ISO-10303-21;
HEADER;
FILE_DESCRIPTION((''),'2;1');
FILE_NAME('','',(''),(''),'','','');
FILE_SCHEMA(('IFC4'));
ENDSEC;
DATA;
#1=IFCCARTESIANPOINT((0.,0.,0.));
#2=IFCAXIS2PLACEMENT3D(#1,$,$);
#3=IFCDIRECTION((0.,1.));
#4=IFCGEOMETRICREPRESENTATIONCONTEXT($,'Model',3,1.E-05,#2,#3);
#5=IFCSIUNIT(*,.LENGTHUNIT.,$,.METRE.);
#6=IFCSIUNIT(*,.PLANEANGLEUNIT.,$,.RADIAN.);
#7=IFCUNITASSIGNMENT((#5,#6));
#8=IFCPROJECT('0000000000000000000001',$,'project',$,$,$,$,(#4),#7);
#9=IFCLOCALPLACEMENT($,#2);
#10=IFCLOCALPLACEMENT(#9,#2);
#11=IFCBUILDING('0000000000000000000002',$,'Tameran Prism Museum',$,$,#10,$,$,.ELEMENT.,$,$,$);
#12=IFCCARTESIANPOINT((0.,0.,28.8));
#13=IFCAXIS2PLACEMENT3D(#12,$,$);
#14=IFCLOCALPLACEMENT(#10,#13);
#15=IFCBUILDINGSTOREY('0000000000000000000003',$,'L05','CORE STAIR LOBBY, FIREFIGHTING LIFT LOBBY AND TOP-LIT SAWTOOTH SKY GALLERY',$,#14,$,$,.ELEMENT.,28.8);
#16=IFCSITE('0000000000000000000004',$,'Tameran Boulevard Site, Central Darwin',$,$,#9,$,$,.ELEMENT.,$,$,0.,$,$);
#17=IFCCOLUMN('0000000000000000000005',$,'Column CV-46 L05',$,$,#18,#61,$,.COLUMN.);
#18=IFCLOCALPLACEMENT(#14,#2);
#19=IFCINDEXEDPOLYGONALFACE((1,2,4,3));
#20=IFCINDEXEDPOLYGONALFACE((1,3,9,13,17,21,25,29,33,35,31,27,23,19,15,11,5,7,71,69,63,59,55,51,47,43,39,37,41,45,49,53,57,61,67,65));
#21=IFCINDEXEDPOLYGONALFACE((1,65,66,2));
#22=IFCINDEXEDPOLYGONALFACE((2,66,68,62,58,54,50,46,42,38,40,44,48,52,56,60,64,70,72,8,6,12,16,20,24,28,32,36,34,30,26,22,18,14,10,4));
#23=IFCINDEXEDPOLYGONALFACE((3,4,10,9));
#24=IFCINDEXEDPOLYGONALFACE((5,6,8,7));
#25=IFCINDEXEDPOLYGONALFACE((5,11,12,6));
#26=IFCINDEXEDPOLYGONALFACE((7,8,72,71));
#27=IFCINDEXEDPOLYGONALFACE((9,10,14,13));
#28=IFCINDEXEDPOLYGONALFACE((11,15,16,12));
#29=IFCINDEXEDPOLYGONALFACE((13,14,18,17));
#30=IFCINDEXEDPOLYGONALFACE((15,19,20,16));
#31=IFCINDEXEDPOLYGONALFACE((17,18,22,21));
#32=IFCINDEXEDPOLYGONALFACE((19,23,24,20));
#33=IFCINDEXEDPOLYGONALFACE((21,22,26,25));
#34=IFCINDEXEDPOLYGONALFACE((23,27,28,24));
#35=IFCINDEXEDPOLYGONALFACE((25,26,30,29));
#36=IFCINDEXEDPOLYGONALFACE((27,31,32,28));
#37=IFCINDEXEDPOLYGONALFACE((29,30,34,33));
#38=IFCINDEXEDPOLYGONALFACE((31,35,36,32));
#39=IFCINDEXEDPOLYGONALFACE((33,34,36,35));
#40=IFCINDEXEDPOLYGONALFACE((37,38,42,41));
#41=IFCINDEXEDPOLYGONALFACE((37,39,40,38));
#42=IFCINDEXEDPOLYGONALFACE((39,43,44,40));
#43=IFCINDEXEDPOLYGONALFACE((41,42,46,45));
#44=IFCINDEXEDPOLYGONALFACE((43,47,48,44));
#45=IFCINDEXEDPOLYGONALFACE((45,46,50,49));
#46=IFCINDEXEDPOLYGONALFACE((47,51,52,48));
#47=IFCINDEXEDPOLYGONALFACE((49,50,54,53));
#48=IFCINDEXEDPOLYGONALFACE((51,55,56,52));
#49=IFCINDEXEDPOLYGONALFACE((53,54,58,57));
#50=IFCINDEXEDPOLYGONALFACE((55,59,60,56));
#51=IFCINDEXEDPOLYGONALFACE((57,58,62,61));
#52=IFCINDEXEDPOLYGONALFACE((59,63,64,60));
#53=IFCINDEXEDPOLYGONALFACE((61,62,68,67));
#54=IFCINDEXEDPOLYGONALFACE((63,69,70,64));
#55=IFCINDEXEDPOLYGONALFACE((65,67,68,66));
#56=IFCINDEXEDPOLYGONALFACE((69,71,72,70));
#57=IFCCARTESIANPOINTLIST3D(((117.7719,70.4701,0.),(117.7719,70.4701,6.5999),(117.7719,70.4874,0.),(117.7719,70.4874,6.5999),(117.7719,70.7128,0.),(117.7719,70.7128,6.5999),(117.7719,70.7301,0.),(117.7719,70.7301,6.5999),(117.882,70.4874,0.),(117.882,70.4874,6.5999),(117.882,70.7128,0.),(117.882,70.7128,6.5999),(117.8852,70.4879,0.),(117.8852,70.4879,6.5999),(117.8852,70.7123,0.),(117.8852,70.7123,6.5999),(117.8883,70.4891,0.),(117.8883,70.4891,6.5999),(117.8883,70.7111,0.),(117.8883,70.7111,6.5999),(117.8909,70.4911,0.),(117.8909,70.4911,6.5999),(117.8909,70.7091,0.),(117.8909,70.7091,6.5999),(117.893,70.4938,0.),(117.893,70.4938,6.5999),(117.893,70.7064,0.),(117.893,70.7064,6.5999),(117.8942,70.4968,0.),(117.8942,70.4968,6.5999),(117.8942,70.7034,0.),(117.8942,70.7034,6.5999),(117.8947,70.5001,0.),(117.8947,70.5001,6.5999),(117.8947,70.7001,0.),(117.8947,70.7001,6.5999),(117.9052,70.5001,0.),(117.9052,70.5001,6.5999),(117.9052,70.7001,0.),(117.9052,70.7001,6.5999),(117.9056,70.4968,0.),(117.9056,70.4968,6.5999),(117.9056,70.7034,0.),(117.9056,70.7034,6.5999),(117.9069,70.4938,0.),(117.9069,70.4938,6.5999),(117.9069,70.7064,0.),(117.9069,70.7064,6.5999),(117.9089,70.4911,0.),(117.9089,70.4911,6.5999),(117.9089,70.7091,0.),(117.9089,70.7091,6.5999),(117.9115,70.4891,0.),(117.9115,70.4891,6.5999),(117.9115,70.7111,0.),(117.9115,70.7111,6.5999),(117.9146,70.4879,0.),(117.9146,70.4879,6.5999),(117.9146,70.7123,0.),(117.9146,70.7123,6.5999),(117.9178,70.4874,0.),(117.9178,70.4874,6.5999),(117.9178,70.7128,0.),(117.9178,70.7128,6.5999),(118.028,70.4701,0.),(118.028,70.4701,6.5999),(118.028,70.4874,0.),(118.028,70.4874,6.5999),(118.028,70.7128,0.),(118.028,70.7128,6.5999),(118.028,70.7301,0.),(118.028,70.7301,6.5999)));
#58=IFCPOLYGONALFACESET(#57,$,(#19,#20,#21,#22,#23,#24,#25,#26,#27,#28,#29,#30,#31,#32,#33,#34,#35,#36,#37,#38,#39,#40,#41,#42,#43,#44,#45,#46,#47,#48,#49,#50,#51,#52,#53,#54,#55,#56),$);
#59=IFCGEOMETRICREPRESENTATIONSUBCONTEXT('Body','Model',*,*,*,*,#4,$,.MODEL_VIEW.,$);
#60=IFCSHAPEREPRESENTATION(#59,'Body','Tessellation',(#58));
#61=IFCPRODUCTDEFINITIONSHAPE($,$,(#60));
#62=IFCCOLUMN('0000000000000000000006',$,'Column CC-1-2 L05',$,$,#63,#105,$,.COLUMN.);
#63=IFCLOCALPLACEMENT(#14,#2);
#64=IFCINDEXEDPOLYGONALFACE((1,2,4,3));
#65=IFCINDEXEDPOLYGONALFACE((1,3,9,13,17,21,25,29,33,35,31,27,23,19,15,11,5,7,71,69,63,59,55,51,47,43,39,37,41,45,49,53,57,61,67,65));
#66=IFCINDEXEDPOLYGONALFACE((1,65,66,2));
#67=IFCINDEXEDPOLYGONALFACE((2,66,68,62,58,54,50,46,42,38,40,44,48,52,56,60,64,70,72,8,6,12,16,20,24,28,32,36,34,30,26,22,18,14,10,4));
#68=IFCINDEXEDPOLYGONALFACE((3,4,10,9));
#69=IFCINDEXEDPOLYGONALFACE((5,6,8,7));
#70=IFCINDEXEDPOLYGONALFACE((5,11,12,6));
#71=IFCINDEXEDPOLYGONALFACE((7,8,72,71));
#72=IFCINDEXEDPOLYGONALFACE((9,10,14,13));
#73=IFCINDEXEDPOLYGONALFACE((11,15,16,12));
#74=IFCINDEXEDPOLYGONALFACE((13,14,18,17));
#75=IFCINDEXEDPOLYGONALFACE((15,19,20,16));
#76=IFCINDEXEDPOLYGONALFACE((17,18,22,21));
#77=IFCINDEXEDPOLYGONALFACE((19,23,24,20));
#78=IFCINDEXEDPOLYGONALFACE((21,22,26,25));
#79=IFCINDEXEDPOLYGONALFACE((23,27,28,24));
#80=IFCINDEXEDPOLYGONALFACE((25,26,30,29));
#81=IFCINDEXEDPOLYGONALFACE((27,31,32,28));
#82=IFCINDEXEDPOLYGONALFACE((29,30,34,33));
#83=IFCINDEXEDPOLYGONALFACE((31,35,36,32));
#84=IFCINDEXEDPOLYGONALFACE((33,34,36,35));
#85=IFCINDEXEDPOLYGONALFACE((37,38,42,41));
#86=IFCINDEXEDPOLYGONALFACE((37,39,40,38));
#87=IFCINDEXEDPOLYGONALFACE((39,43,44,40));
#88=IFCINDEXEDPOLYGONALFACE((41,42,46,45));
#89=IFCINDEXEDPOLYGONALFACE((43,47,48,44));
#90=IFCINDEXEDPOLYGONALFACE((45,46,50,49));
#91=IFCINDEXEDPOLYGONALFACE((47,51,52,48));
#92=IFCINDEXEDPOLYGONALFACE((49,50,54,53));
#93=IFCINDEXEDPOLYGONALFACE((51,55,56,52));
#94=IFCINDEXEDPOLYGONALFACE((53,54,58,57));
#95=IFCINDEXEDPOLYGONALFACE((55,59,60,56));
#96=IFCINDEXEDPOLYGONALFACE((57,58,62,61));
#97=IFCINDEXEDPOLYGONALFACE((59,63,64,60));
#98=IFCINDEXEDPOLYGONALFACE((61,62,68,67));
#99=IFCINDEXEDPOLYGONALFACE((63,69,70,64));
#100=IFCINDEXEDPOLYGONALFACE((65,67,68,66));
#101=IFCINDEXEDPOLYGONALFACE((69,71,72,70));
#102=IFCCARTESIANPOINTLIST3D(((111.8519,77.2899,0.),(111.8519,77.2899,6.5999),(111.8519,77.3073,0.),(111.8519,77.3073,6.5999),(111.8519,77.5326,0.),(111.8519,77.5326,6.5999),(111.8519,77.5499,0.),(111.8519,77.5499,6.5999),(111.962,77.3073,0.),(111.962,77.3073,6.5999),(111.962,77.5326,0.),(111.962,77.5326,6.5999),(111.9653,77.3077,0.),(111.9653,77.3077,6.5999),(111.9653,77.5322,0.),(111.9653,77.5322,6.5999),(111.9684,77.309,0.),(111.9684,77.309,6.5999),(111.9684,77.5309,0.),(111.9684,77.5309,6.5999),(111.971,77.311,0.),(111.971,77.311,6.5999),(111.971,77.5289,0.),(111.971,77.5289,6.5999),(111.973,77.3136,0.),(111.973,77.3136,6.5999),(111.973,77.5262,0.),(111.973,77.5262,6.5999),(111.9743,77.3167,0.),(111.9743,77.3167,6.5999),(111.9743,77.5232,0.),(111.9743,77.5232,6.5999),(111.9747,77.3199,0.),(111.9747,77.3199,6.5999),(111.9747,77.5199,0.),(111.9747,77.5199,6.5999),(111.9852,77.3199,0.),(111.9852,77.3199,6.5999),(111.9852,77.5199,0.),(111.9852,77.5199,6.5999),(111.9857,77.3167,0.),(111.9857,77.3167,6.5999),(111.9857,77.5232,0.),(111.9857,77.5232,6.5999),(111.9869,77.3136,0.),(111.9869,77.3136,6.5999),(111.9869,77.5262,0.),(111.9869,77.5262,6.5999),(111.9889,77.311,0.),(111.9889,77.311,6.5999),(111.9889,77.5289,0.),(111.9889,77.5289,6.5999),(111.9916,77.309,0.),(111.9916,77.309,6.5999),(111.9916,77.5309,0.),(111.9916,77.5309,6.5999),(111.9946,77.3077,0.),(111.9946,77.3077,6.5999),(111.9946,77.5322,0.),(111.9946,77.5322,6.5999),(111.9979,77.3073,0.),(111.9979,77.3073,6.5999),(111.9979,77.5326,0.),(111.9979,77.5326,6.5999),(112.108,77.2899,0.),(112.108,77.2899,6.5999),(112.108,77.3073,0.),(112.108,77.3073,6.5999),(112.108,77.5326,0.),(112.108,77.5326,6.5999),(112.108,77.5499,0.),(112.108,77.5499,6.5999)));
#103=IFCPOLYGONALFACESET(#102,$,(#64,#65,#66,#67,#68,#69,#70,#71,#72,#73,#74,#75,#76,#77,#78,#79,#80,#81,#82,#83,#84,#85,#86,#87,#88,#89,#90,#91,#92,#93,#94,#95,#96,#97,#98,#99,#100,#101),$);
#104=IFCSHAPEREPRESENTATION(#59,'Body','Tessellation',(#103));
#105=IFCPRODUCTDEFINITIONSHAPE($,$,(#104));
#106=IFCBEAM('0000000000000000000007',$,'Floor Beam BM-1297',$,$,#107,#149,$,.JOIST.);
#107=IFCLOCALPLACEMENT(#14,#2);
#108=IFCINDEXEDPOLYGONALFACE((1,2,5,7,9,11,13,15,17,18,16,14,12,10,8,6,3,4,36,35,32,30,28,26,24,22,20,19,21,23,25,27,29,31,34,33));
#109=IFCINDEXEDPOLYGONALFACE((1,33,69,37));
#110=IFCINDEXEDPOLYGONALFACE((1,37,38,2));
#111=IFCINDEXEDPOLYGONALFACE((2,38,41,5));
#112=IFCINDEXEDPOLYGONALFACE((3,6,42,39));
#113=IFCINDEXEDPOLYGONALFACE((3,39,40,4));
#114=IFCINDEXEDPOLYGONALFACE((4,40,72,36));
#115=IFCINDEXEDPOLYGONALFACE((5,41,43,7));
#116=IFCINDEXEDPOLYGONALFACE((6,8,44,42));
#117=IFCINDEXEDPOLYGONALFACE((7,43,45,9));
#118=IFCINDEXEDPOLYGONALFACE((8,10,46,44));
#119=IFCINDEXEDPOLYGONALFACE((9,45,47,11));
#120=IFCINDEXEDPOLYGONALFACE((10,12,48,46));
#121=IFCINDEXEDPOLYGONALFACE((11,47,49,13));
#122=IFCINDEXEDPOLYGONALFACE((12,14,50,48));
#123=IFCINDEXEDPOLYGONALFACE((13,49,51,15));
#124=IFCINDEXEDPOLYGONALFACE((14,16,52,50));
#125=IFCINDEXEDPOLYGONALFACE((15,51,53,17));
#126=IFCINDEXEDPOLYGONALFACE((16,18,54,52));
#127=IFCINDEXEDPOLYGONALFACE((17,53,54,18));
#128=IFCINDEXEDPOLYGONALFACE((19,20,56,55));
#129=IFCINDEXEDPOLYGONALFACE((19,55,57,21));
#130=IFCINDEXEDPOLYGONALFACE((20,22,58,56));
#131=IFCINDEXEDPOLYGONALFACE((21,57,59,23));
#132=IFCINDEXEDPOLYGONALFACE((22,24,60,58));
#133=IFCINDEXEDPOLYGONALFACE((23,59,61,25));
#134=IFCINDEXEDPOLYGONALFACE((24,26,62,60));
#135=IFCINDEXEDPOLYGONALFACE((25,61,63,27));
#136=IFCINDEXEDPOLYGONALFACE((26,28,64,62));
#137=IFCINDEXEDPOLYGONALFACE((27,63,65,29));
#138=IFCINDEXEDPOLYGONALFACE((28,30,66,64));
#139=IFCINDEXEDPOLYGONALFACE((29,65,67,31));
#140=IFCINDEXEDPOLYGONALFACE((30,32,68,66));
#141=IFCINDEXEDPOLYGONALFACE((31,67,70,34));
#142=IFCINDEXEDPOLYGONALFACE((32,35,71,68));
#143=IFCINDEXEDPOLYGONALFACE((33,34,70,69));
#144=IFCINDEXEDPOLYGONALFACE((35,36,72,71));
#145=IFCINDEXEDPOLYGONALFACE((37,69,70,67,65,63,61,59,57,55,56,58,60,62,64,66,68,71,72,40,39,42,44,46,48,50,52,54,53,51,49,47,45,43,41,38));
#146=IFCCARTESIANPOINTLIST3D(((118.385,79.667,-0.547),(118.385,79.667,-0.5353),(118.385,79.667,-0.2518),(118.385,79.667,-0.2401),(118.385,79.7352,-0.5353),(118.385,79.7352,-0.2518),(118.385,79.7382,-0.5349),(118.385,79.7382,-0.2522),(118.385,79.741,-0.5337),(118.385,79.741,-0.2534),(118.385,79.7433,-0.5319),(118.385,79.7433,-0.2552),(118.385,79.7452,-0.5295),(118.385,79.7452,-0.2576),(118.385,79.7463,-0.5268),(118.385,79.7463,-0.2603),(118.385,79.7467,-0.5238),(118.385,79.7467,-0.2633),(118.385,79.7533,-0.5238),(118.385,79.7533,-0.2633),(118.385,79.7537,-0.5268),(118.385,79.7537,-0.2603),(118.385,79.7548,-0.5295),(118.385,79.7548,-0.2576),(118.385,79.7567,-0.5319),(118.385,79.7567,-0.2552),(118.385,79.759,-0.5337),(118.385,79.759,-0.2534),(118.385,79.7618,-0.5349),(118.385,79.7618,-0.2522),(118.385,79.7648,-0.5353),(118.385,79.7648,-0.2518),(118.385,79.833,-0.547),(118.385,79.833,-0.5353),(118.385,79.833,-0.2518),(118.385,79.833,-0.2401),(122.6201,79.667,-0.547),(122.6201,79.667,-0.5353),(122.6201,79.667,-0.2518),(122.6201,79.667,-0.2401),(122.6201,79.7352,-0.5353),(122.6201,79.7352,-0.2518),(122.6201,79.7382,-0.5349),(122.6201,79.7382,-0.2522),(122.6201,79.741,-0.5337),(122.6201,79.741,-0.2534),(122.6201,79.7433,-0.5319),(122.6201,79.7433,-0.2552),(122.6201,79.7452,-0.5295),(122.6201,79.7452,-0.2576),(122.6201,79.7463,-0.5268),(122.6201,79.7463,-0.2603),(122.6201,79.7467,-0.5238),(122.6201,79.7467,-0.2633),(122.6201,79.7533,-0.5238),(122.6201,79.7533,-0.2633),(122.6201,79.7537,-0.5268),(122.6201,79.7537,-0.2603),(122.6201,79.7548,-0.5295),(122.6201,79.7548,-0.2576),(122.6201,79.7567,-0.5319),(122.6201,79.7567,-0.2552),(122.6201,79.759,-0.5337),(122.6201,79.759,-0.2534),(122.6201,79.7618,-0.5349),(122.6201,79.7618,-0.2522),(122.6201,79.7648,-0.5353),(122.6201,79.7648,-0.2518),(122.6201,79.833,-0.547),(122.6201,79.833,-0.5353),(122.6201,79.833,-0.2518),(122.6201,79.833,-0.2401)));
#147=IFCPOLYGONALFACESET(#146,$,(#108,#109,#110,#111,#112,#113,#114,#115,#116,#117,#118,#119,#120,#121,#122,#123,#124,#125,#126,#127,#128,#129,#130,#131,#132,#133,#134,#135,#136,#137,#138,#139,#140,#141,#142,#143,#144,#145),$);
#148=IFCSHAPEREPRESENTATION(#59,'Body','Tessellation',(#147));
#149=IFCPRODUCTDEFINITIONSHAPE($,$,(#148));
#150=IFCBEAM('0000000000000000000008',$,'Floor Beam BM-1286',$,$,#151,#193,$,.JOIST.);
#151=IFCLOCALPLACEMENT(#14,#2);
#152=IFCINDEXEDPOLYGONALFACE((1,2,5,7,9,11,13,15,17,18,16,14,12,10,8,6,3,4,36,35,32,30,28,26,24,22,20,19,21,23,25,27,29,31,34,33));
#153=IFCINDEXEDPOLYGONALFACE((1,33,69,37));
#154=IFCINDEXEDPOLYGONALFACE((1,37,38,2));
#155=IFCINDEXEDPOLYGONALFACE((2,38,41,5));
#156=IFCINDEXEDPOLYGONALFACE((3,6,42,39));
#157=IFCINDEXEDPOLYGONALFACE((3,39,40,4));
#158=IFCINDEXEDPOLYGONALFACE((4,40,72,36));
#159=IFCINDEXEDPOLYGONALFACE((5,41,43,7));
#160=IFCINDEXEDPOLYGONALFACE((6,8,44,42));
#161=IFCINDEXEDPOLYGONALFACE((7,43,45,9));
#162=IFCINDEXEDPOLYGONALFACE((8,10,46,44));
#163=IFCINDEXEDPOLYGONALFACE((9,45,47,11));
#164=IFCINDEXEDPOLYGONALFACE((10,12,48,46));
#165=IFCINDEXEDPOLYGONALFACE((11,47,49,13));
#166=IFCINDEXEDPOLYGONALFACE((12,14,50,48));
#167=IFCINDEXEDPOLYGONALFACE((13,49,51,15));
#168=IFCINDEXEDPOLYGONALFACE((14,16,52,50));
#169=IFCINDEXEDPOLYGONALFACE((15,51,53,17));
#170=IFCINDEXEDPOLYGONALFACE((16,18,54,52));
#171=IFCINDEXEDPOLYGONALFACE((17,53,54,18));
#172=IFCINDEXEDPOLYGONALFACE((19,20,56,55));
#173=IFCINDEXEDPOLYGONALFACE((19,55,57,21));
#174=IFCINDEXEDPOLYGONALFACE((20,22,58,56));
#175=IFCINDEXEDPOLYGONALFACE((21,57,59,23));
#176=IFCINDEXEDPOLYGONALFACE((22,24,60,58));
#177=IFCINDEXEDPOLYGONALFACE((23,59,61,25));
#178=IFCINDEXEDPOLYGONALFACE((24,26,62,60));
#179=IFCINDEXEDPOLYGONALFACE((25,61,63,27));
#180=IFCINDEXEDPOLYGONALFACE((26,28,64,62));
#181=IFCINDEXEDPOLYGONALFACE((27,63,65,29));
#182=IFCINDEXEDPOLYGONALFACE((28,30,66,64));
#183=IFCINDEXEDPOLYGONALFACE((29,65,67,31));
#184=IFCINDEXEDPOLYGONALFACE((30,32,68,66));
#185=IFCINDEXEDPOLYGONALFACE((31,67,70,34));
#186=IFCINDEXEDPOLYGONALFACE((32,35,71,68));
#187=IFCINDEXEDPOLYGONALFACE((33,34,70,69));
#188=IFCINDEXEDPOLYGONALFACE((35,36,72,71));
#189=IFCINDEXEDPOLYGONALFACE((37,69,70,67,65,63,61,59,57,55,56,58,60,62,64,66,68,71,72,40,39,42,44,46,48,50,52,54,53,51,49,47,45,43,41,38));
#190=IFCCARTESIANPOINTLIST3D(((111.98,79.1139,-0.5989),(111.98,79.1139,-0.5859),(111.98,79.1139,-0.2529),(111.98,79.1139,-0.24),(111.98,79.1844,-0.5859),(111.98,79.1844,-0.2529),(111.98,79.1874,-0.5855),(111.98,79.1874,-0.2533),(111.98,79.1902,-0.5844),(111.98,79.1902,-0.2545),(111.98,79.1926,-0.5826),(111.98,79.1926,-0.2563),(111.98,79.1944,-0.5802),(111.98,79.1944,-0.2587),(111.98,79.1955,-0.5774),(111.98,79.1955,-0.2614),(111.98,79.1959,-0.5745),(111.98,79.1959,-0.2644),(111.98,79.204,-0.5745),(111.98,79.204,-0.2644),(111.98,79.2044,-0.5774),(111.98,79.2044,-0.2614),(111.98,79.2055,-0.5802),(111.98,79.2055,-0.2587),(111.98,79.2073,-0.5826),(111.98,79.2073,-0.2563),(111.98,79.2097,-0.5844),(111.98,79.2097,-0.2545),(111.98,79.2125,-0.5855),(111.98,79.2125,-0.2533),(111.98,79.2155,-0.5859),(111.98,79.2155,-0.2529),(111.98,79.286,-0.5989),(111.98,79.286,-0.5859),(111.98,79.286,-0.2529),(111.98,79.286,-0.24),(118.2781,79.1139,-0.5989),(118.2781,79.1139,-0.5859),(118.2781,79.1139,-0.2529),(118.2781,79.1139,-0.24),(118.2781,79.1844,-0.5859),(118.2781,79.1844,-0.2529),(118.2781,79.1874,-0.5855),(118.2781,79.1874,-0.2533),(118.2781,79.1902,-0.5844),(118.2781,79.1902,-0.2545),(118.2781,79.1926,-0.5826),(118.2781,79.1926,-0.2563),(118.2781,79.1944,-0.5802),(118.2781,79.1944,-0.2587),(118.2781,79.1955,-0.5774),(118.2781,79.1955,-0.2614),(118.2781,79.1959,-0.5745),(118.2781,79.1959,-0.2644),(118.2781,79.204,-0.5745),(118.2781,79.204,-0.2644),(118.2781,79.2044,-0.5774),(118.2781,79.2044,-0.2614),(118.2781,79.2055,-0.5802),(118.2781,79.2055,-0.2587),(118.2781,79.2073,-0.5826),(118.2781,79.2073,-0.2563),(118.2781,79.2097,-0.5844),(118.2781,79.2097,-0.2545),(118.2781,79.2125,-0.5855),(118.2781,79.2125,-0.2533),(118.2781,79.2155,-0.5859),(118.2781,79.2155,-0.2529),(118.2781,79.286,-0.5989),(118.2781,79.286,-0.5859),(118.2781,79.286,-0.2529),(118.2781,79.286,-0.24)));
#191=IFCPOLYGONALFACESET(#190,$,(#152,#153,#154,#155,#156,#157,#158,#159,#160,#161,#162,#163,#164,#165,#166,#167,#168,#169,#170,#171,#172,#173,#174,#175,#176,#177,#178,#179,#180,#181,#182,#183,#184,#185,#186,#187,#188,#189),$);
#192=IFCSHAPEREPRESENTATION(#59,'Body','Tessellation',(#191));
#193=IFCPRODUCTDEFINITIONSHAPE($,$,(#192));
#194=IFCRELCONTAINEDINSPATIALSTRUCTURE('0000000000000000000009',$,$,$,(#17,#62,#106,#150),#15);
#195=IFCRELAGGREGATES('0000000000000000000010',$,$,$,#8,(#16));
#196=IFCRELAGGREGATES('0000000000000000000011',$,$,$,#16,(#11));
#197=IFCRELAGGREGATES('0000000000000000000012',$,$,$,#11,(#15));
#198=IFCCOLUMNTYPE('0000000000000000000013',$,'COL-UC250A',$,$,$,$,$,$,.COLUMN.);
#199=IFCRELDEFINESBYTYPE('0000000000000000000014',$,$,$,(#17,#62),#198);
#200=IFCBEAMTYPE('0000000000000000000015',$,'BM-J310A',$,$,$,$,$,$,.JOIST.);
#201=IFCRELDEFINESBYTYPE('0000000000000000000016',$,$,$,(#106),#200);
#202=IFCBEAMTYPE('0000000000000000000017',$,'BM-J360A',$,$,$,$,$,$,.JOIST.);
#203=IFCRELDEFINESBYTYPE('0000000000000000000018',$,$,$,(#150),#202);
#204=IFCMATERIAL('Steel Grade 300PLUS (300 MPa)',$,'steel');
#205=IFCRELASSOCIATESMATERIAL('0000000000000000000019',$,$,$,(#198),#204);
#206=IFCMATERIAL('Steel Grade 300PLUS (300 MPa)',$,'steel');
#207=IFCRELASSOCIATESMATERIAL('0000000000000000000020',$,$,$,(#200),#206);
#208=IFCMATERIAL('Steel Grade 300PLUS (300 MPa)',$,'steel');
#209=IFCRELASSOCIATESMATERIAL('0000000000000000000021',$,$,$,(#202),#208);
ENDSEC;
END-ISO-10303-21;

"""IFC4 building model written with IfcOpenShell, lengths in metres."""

from ifc_helpers import new_model, si_unit, direction, frame, origin, origin_2d, place, context, subcontext, project, spatial, i_section, extrude, material, material_profile, profile_set, type_object, element, save


model = new_model("IFC4")

# Units and contexts
model_context = context("Model", 3, precision=1e-05, world=origin(), true_north=direction((0.0, 1.0)))
body_context = subcontext(model_context, "Body", "Model", "MODEL_VIEW")
ifc_project = project(units=[si_unit("LENGTHUNIT", "METRE"), si_unit("PLANEANGLEUNIT", "RADIAN")], contexts=[model_context])

# Site, building, storey
site_placement = place(None, origin())
site = spatial("IfcSite", under=ifc_project, at=site_placement, Name="Tameran Boulevard Site, Central Darwin", CompositionType="ELEMENT", RefElevation=0.0)
building_placement = place(site_placement, origin())
building = spatial("IfcBuilding", under=site, at=building_placement, Name="Tameran Prism Museum", CompositionType="ELEMENT")
storey_placement = place(building_placement, frame((0.0, 0.0, 28.8)))
storey = spatial("IfcBuildingStorey", under=building, at=storey_placement, Name="L05", Description="CORE STAIR LOBBY, FIREFIGHTING LIFT LOBBY AND TOP-LIT SAWTOOTH SKY GALLERY", CompositionType="ELEMENT", Elevation=28.8)

# Columns
ifc_material_1 = material(Name="Steel Grade 300PLUS (300 MPa)", Category="steel")
ifc_material_profile_1 = material_profile(ifc_material_1, i_section(OverallWidth=0.2561, OverallDepth=0.26, WebThickness=0.0105, FlangeThickness=0.0173, FilletRadius=0.0127, at=origin_2d()))
ifc_profile_set_1 = profile_set([ifc_material_profile_1])
column_type = type_object("IfcColumnType", Name="COL-UC250A", PredefinedType="COLUMN", material=ifc_profile_set_1)
for number, where, z_axis, x_axis, name in (
    (1, (117.8999, 70.6001, 0.0), (0.0, 0.0, 1.0), (1.0, 0.0, 0.0), "Column CV-46 L05"),
    (2, (111.98, 77.4199, 0.0), (0.0, 0.0, 1.0), (1.0, 0.0, 0.0), "Column CC-1-2 L05"),
):
    element("IfcColumn", number, at=place(storey_placement, frame(where, z_axis=z_axis, x_axis=x_axis)), inside=storey, type_object=column_type, Name=name, PredefinedType="COLUMN", context=body_context, shape_type="SweptSolid", body=[
        extrude(i_section(OverallWidth=0.2561, OverallDepth=0.26, WebThickness=0.0105, FlangeThickness=0.0173, FilletRadius=0.0127, at=origin_2d()), origin(), (0.0, 0.0, 1.0), 6.5999),
    ])

# Beams
ifc_material_2 = material(Name="Steel Grade 300PLUS (300 MPa)", Category="steel")
ifc_material_profile_2 = material_profile(ifc_material_2, i_section(OverallWidth=0.166, OverallDepth=0.3069, WebThickness=0.0066, FlangeThickness=0.0117, FilletRadius=0.0115, at=origin_2d()))
ifc_profile_set_2 = profile_set([ifc_material_profile_2])
beam_type_1 = type_object("IfcBeamType", Name="BM-J310A", PredefinedType="JOIST", material=ifc_profile_set_2)
beam_1_placement = place(storey_placement, frame((118.385, 79.75, -0.3936), z_axis=(1.0, 0.0, 0.0), x_axis=(0.0, 1.0, 0.0)))
element("IfcBeam", 3, at=beam_1_placement, inside=storey, type_object=beam_type_1, Name="Floor Beam BM-1297", PredefinedType="JOIST", context=body_context, shape_type="SweptSolid", body=[
    extrude(i_section(OverallWidth=0.166, OverallDepth=0.3069, WebThickness=0.0066, FlangeThickness=0.0117, FilletRadius=0.0115, at=origin_2d()), origin(), (0.0, 0.0, 1.0), 4.2351),
])
ifc_material_3 = material(Name="Steel Grade 300PLUS (300 MPa)", Category="steel")
ifc_material_profile_3 = material_profile(ifc_material_3, i_section(OverallWidth=0.1721, OverallDepth=0.3589, WebThickness=0.0081, FlangeThickness=0.0129, FilletRadius=0.0115, at=origin_2d()))
ifc_profile_set_3 = profile_set([ifc_material_profile_3])
beam_type_2 = type_object("IfcBeamType", Name="BM-J360A", PredefinedType="JOIST", material=ifc_profile_set_3)
beam_2_placement = place(storey_placement, frame((111.98, 79.2, -0.4194), z_axis=(1.0, 0.0, 0.0), x_axis=(0.0, 1.0, 0.0)))
element("IfcBeam", 4, at=beam_2_placement, inside=storey, type_object=beam_type_2, Name="Floor Beam BM-1286", PredefinedType="JOIST", context=body_context, shape_type="SweptSolid", body=[
    extrude(i_section(OverallWidth=0.1721, OverallDepth=0.3589, WebThickness=0.0081, FlangeThickness=0.0129, FilletRadius=0.0115, at=origin_2d()), origin(), (0.0, 0.0, 1.0), 6.2981),
])

save(model, "model.ifc")
